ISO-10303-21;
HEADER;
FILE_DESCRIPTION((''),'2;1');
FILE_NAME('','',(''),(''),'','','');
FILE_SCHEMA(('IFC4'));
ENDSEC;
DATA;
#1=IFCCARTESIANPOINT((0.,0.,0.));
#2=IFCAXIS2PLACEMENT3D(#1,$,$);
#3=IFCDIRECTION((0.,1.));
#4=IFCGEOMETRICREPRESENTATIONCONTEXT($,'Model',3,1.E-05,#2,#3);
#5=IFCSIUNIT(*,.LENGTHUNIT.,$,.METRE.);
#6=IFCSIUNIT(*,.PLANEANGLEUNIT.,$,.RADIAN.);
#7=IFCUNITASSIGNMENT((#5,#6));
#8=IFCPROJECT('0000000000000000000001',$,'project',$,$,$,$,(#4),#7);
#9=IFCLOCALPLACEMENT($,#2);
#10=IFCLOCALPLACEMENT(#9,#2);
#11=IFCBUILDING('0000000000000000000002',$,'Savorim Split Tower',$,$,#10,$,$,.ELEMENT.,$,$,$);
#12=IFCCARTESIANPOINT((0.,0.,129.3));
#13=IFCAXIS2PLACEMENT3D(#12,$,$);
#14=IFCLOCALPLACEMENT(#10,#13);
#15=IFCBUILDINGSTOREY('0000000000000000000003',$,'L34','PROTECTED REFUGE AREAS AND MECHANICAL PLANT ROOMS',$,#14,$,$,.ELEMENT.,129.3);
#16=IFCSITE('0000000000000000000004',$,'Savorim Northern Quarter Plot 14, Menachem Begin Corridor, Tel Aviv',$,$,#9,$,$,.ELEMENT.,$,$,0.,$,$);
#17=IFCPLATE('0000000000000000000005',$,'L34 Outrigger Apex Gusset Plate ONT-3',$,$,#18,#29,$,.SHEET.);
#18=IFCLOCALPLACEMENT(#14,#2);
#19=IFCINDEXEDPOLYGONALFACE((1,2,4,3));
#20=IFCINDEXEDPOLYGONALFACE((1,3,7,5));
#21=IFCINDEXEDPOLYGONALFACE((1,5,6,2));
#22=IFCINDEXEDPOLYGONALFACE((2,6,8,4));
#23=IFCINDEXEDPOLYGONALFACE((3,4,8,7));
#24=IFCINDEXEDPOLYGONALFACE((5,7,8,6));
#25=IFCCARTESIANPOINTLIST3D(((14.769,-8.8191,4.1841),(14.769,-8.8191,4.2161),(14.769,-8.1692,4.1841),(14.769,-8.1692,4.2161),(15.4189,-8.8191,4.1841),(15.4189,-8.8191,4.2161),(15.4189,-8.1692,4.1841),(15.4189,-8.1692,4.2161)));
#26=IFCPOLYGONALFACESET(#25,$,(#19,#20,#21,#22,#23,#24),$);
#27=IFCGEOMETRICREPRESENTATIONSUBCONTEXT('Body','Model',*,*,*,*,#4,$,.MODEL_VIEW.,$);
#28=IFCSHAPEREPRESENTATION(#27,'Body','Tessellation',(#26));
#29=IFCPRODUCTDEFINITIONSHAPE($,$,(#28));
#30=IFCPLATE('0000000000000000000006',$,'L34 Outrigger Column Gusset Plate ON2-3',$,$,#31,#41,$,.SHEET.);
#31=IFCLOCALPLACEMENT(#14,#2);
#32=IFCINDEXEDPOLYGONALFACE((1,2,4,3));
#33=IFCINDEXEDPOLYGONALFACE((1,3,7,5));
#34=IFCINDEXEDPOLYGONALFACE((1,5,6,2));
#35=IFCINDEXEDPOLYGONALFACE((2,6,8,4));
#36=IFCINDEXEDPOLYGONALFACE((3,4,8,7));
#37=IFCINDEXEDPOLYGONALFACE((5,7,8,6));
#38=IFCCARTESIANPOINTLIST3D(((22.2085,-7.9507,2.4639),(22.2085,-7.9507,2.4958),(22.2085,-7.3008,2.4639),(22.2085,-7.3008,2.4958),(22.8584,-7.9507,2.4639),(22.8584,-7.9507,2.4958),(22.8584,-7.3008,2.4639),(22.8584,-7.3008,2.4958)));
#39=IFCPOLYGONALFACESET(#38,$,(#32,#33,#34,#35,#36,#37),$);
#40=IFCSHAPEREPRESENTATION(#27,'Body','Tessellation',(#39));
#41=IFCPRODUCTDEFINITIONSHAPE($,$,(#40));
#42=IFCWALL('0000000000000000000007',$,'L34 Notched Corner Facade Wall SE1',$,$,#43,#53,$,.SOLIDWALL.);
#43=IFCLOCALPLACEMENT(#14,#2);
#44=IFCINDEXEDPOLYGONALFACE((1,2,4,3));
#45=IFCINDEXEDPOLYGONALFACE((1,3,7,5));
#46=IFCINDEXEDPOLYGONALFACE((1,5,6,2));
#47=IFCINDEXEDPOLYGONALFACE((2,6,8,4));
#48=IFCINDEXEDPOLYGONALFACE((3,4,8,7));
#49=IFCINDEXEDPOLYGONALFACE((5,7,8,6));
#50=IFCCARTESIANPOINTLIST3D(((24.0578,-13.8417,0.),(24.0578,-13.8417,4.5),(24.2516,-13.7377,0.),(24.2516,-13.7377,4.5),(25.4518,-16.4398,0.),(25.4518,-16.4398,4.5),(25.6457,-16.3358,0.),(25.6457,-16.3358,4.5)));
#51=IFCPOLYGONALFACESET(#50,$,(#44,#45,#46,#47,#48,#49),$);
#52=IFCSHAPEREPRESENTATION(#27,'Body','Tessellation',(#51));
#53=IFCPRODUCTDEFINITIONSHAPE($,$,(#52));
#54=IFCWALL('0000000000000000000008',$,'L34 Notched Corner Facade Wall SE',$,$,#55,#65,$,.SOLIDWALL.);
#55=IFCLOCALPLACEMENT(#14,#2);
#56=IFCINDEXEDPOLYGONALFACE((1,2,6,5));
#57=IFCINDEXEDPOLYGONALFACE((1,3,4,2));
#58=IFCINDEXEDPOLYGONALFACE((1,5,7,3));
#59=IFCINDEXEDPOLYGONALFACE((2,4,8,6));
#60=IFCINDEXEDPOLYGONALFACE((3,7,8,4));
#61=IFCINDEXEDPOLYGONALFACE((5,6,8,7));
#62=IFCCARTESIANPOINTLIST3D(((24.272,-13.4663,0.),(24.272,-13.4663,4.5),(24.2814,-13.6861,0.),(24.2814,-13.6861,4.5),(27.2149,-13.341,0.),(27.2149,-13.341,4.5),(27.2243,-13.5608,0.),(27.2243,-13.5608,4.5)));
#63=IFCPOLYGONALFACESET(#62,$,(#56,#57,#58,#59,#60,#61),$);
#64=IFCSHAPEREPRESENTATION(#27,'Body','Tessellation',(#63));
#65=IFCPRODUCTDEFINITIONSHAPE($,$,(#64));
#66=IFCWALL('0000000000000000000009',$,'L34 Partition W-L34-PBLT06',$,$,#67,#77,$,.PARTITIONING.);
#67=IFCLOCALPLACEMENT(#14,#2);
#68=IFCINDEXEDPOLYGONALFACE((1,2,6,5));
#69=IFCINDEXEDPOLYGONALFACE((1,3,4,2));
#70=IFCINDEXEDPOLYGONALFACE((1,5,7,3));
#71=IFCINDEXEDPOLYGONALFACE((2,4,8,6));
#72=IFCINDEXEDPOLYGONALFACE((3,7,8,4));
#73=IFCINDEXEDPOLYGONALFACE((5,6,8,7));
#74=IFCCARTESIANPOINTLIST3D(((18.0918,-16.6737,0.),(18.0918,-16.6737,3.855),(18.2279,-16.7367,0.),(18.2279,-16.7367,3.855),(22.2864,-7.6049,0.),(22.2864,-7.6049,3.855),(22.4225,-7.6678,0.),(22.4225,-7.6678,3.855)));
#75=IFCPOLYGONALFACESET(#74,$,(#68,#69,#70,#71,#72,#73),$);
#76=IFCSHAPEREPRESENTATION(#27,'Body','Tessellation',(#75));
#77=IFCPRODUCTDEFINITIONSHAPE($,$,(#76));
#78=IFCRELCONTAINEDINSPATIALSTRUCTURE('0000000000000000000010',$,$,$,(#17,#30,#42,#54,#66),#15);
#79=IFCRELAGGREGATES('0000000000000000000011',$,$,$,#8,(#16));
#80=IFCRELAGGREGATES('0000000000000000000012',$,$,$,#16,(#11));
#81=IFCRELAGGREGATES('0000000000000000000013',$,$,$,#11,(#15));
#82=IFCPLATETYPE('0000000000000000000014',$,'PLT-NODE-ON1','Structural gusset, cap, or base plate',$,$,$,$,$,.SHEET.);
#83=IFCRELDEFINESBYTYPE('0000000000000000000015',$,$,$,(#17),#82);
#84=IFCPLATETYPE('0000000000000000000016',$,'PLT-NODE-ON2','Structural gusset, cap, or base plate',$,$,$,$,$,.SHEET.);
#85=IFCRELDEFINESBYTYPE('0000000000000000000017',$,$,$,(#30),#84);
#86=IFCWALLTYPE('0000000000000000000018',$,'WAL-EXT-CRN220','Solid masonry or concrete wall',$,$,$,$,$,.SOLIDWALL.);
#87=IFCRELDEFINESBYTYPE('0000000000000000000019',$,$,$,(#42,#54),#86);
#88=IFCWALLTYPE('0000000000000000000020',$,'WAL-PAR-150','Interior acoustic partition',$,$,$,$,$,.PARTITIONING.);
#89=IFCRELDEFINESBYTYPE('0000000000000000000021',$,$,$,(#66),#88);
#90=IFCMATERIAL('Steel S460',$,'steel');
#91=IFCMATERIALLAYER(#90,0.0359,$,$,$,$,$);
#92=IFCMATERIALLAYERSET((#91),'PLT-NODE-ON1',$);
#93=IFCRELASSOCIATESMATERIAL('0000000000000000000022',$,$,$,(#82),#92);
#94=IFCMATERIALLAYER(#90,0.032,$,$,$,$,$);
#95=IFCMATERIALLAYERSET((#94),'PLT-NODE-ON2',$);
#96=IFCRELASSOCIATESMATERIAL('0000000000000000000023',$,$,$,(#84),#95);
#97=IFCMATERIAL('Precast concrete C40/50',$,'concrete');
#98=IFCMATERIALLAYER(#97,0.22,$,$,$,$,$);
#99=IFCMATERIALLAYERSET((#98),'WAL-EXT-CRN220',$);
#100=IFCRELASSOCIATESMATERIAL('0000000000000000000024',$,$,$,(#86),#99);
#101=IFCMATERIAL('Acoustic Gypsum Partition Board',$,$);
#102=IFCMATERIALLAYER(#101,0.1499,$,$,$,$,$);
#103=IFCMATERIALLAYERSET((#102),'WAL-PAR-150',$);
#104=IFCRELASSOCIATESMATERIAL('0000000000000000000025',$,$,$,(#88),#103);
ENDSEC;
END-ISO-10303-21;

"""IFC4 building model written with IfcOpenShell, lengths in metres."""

from ifc_helpers import new_model, si_unit, direction, frame, frame_2d, origin, origin_2d, place, context, subcontext, project, spatial, rectangle, extrude, material, layer, layer_set, type_object, element, save


model = new_model("IFC4")

# Units and contexts
model_context = context("Model", 3, precision=1e-05, world=origin(), true_north=direction((0.0, 1.0)))
body_context = subcontext(model_context, "Body", "Model", "MODEL_VIEW")
ifc_project = project(units=[si_unit("LENGTHUNIT", "METRE"), si_unit("PLANEANGLEUNIT", "RADIAN")], contexts=[model_context])

# Site, building, storey
site_placement = place(None, origin())
site = spatial("IfcSite", under=ifc_project, at=site_placement, Name="Savorim Northern Quarter Plot 14, Menachem Begin Corridor, Tel Aviv", CompositionType="ELEMENT", RefElevation=0.0)
building_placement = place(site_placement, origin())
building = spatial("IfcBuilding", under=site, at=building_placement, Name="Savorim Split Tower", CompositionType="ELEMENT")
storey_placement = place(building_placement, frame((0.0, 0.0, 129.3)))
storey = spatial("IfcBuildingStorey", under=building, at=storey_placement, Name="L34", Description="PROTECTED REFUGE AREAS AND MECHANICAL PLANT ROOMS", CompositionType="ELEMENT", Elevation=129.3)

# Shared definitions
ifc_material_1 = material(Name="Steel S460", Category="steel")

# Plates
ifc_layer_1 = layer(ifc_material_1, 0.0359)
ifc_layer_set_1 = layer_set([ifc_layer_1], Name="PLT-NODE-ON1")
plate_type_1 = type_object("IfcPlateType", Name="PLT-NODE-ON1", Description="Structural gusset, cap, or base plate", PredefinedType="SHEET", material=ifc_layer_set_1)
plate_1_placement = place(storey_placement, frame((15.094, -8.4941, 4.1841), z_axis=(0.0, 0.0, 1.0), x_axis=(1.0, 0.0, 0.0)))
element("IfcPlate", 1, at=plate_1_placement, inside=storey, type_object=plate_type_1, Name="L34 Outrigger Apex Gusset Plate ONT-3", PredefinedType="SHEET", context=body_context, shape_type="SweptSolid", body=[
    extrude(rectangle(XDim=0.6499, YDim=0.6499, at=origin_2d()), origin(), (0.0, 0.0, 1.0), 0.032),
])
ifc_layer_2 = layer(ifc_material_1, 0.032)
ifc_layer_set_2 = layer_set([ifc_layer_2], Name="PLT-NODE-ON2")
plate_type_2 = type_object("IfcPlateType", Name="PLT-NODE-ON2", Description="Structural gusset, cap, or base plate", PredefinedType="SHEET", material=ifc_layer_set_2)
plate_2_placement = place(storey_placement, frame((22.5334, -7.6257, 2.4639), z_axis=(0.0, 0.0, 1.0), x_axis=(1.0, 0.0, 0.0)))
element("IfcPlate", 2, at=plate_2_placement, inside=storey, type_object=plate_type_2, Name="L34 Outrigger Column Gusset Plate ON2-3", PredefinedType="SHEET", context=body_context, shape_type="SweptSolid", body=[
    extrude(rectangle(XDim=0.6499, YDim=0.6499, at=origin_2d()), origin(), (0.0, 0.0, 1.0), 0.032),
])

# Walls
ifc_material_2 = material(Name="Precast concrete C40/50", Category="concrete")
ifc_layer_3 = layer(ifc_material_2, 0.22)
ifc_layer_set_3 = layer_set([ifc_layer_3], Name="WAL-EXT-CRN220")
wall_type_1 = type_object("IfcWallType", Name="WAL-EXT-CRN220", Description="Solid masonry or concrete wall", PredefinedType="SOLIDWALL", material=ifc_layer_set_3)
wall_1_placement = place(storey_placement, frame((24.1548, -13.7898, 0.0), z_axis=(0.0, 0.0, 1.0), x_axis=(0.472796, -0.881172, 0.0)))
element("IfcWall", 3, at=wall_1_placement, inside=storey, type_object=wall_type_1, Name="L34 Notched Corner Facade Wall SE1", PredefinedType="SOLIDWALL", context=body_context, shape_type="SweptSolid", body=[
    extrude(rectangle(XDim=2.9485, YDim=0.22, at=frame_2d((1.4741, 0.0))), origin(), (0.0, 0.0, 1.0), 4.5),
])
wall_2_placement = place(storey_placement, frame((27.2195, -13.4509, 0.0), z_axis=(0.0, 0.0, 1.0), x_axis=(-0.999096, -0.04252, 0.0)))
element("IfcWall", 4, at=wall_2_placement, inside=storey, type_object=wall_type_1, Name="L34 Notched Corner Facade Wall SE", PredefinedType="SOLIDWALL", context=body_context, shape_type="SweptSolid", body=[
    extrude(rectangle(XDim=2.9456, YDim=0.22, at=frame_2d((1.4727, 0.0))), origin(), (0.0, 0.0, 1.0), 4.5),
])
ifc_material_3 = material(Name="Acoustic Gypsum Partition Board")
ifc_layer_4 = layer(ifc_material_3, 0.1499)
ifc_layer_set_4 = layer_set([ifc_layer_4], Name="WAL-PAR-150")
wall_type_2 = type_object("IfcWallType", Name="WAL-PAR-150", Description="Interior acoustic partition", PredefinedType="PARTITIONING", material=ifc_layer_set_4)
wall_3_placement = place(storey_placement, frame((22.3545, -7.6362, 0.0), z_axis=(0.0, 0.0, 1.0), x_axis=(-0.419797, -0.907618, 0.0)))
element("IfcWall", 5, at=wall_3_placement, inside=storey, type_object=wall_type_2, Name="L34 Partition W-L34-PBLT06", PredefinedType="PARTITIONING", context=body_context, shape_type="SweptSolid", body=[
    extrude(rectangle(XDim=9.9919, YDim=0.1499, at=frame_2d((4.9961, 0.0))), origin(), (0.0, 0.0, 1.0), 3.855),
])

save(model, "model.ifc")
